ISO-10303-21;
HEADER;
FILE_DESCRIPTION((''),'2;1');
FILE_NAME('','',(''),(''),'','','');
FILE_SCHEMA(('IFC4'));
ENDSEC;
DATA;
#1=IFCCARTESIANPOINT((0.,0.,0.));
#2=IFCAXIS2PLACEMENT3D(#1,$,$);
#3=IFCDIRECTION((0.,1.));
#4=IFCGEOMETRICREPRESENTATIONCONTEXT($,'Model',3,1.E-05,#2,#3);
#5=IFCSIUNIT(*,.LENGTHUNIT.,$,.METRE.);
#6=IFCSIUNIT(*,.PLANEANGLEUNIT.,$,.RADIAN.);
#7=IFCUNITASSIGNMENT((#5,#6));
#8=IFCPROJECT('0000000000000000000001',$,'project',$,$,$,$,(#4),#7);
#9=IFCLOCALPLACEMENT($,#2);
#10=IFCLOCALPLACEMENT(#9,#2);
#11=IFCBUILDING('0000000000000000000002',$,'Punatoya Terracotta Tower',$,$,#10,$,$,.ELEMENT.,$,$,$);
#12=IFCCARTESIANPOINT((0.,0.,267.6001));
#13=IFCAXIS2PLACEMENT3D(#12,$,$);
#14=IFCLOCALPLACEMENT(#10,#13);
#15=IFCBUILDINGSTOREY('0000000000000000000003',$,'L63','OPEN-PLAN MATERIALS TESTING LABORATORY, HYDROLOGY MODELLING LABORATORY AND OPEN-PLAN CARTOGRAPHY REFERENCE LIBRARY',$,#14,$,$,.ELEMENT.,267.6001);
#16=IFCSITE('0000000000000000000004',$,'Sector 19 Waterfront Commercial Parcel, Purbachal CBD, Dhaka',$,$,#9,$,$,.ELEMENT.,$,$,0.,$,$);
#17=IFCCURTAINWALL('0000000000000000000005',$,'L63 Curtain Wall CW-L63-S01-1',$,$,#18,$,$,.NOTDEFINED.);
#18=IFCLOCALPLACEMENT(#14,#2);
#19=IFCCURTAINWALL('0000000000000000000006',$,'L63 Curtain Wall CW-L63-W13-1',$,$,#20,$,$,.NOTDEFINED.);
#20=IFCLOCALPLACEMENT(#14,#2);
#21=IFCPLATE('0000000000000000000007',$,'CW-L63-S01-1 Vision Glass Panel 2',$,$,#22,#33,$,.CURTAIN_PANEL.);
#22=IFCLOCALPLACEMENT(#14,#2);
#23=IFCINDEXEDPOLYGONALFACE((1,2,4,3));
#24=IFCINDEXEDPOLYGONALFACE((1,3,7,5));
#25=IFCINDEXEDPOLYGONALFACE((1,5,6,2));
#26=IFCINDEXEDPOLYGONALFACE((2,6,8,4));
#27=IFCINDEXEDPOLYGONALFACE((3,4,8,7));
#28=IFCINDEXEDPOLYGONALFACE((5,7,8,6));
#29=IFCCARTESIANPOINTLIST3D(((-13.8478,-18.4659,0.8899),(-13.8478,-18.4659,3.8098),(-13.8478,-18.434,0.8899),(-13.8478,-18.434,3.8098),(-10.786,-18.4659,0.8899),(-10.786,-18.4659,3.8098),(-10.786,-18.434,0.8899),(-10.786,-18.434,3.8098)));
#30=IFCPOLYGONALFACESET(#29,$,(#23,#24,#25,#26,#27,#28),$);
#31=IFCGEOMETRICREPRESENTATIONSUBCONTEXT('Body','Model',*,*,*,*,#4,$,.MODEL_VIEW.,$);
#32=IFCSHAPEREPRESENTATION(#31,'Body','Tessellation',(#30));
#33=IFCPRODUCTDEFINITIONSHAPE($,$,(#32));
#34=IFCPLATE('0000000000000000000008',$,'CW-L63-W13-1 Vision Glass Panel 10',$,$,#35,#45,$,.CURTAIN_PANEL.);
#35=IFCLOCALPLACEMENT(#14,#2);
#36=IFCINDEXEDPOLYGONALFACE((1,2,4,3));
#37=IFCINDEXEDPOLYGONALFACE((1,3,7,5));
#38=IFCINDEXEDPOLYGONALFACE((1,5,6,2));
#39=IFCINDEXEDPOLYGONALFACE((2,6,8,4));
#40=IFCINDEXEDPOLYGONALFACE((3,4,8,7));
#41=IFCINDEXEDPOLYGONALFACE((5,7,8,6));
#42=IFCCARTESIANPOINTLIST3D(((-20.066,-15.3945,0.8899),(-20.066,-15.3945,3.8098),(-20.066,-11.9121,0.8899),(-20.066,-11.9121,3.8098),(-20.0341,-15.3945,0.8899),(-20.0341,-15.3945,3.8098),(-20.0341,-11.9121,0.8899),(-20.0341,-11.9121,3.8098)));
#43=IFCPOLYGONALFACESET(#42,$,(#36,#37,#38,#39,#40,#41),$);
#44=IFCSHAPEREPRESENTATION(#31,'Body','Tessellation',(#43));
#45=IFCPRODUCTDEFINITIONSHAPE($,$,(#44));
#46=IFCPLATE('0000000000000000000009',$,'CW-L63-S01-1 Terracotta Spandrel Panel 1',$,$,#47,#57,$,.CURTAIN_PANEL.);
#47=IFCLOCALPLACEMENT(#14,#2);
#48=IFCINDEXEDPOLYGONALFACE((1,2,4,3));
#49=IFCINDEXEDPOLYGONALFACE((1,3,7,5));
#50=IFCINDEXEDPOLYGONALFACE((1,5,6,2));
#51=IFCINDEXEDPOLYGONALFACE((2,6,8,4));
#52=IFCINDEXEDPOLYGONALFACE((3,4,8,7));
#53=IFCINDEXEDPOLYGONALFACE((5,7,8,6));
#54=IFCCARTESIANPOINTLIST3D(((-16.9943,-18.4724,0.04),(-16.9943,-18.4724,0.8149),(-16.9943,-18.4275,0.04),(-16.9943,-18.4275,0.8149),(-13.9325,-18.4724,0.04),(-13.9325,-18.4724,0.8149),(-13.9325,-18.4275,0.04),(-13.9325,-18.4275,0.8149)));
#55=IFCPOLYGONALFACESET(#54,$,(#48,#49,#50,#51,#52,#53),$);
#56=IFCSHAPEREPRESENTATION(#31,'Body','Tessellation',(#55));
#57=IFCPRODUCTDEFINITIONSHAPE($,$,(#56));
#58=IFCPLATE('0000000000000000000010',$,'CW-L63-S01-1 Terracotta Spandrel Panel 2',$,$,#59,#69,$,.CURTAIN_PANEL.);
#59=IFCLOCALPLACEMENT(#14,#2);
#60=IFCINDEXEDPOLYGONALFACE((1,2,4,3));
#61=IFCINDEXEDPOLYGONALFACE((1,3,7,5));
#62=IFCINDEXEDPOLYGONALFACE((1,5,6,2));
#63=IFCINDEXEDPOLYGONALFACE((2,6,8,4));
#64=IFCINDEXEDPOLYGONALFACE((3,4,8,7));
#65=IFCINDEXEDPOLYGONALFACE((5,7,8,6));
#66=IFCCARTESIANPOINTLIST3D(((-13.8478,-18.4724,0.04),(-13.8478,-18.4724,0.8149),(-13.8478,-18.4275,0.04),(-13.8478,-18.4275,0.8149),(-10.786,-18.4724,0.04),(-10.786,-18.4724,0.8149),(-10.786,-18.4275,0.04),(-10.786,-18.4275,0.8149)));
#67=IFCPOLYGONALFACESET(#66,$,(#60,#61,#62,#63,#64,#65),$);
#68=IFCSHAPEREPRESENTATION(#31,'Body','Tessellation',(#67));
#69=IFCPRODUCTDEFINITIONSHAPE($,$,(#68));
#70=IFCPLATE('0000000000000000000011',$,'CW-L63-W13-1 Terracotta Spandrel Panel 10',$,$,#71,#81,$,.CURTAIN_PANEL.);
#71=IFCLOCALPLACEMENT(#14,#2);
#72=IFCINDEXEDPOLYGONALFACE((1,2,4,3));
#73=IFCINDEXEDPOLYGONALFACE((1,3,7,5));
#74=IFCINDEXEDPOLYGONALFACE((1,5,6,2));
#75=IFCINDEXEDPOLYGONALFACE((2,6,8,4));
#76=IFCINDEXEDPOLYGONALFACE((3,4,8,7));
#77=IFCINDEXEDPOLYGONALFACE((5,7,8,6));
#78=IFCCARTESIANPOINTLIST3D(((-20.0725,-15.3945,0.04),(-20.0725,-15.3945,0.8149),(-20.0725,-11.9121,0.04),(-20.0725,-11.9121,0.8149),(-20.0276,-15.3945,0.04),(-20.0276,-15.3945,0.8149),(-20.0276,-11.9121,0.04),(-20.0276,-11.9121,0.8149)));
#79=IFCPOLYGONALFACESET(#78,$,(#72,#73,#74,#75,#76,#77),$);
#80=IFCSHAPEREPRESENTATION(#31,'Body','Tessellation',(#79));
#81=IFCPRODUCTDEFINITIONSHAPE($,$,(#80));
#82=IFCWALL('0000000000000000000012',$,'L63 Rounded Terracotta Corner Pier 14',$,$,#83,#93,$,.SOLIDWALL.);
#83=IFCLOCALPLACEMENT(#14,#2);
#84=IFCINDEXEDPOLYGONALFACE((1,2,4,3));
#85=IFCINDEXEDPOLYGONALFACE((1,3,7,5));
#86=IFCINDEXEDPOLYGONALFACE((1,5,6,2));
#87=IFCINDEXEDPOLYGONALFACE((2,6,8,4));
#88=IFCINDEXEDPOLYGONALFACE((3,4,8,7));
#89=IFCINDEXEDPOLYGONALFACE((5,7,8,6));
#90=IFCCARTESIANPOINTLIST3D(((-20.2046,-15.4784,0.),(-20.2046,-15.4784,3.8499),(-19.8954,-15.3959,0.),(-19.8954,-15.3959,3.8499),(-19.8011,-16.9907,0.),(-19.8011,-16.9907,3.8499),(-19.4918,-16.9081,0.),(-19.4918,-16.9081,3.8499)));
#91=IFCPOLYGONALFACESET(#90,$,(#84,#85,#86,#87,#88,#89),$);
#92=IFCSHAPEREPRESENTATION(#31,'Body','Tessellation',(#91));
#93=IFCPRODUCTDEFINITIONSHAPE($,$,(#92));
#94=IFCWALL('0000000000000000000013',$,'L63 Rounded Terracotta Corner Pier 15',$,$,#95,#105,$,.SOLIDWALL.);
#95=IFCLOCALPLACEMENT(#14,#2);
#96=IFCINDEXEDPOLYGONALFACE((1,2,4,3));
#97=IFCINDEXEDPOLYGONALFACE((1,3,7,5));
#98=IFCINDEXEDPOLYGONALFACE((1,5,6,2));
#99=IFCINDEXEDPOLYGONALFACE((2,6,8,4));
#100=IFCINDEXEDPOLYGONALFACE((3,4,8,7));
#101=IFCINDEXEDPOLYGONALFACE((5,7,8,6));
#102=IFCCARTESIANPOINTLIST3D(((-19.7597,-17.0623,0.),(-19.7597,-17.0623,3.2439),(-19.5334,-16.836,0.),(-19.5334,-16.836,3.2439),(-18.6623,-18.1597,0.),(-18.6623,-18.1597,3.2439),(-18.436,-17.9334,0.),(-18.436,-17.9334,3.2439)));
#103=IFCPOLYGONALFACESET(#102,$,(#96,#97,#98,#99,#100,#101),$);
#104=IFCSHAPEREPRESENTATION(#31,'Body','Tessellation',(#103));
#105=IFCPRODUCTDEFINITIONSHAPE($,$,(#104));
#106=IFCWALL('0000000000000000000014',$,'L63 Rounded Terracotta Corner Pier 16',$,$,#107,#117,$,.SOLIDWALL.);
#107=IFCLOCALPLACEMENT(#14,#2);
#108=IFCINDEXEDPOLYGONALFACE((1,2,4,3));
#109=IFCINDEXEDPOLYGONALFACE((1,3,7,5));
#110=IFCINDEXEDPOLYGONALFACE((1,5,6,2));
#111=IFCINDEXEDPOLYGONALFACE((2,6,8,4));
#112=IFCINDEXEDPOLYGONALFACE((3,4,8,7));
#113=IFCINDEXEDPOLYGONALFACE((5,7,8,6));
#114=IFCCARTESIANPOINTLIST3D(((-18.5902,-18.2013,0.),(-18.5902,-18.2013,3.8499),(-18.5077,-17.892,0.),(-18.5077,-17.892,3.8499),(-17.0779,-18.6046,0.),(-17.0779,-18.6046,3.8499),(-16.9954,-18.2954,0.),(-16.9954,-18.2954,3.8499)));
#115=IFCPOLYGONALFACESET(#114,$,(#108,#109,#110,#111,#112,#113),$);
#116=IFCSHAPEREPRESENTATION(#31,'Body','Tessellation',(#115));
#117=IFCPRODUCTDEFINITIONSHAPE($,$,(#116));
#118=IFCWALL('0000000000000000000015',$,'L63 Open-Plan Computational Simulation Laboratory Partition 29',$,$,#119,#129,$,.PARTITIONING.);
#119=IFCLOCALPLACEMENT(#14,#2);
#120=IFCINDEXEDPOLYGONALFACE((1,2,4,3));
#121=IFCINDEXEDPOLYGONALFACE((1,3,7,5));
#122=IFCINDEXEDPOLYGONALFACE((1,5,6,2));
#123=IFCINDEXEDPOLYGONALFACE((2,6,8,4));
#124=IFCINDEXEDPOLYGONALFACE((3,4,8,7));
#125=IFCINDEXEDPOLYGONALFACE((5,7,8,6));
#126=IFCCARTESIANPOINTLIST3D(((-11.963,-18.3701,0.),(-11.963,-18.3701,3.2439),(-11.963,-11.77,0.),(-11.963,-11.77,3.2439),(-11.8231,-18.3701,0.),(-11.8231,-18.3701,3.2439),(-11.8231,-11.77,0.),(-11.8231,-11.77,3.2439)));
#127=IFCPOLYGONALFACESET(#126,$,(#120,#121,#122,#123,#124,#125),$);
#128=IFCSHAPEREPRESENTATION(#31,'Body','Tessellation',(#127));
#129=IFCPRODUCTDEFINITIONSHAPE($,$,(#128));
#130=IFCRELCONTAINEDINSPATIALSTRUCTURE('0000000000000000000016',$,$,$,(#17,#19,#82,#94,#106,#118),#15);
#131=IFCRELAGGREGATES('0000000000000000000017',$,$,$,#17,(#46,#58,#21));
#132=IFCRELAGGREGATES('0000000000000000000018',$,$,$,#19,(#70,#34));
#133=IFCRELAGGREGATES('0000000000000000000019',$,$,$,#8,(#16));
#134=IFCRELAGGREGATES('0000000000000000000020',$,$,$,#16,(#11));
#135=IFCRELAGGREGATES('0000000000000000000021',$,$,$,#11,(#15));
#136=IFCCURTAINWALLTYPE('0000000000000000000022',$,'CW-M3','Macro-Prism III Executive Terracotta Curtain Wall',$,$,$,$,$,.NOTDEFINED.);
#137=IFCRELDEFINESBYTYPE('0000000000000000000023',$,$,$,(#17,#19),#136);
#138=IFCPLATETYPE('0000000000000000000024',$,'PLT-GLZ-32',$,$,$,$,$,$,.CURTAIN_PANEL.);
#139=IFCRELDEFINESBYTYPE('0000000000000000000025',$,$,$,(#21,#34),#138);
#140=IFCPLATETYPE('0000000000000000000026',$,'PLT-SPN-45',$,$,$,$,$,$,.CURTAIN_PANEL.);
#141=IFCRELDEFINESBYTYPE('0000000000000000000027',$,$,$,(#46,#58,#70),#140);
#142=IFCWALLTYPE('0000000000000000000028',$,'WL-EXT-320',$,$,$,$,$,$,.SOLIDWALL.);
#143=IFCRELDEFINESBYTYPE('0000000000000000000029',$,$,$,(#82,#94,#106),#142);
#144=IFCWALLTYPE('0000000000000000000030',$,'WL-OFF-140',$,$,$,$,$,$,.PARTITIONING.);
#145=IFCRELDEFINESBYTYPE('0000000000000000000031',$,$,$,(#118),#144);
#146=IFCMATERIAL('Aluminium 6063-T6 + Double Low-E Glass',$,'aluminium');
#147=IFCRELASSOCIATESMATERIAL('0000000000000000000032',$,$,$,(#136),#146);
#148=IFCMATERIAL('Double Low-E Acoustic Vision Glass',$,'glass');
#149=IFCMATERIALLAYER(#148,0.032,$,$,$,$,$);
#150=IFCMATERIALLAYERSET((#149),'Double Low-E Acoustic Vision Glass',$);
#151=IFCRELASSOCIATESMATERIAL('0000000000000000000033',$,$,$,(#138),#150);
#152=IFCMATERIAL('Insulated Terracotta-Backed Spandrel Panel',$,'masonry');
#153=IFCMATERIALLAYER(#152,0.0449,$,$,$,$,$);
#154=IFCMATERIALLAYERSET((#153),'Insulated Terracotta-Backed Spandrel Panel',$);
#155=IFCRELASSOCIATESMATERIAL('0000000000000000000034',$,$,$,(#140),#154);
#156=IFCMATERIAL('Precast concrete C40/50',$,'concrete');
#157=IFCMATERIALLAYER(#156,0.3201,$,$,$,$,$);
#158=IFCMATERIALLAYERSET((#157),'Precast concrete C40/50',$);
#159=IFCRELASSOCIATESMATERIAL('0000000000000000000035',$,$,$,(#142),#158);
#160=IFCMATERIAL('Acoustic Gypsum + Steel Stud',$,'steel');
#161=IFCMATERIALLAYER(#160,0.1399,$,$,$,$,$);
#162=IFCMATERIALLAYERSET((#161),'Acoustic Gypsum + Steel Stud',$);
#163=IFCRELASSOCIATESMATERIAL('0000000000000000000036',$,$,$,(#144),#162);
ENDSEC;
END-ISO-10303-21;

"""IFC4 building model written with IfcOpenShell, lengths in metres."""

from ifc_helpers import new_model, si_unit, direction, frame, frame_2d, origin, origin_2d, place, context, subcontext, project, spatial, rectangle, extrude, material, layer, layer_set, type_object, element, aggregate, save


model = new_model("IFC4")

# Units and contexts
model_context = context("Model", 3, precision=1e-05, world=origin(), true_north=direction((0.0, 1.0)))
body_context = subcontext(model_context, "Body", "Model", "MODEL_VIEW")
ifc_project = project(units=[si_unit("LENGTHUNIT", "METRE"), si_unit("PLANEANGLEUNIT", "RADIAN")], contexts=[model_context])

# Site, building, storey
site_placement = place(None, origin())
site = spatial("IfcSite", under=ifc_project, at=site_placement, Name="Sector 19 Waterfront Commercial Parcel, Purbachal CBD, Dhaka", CompositionType="ELEMENT", RefElevation=0.0)
building_placement = place(site_placement, origin())
building = spatial("IfcBuilding", under=site, at=building_placement, Name="Punatoya Terracotta Tower", CompositionType="ELEMENT")
storey_placement = place(building_placement, frame((0.0, 0.0, 267.6001)))
storey = spatial("IfcBuildingStorey", under=building, at=storey_placement, Name="L63", Description="OPEN-PLAN MATERIALS TESTING LABORATORY, HYDROLOGY MODELLING LABORATORY AND OPEN-PLAN CARTOGRAPHY REFERENCE LIBRARY", CompositionType="ELEMENT", Elevation=267.6001)

# Curtain wall
ifc_material_1 = material(Name="Aluminium 6063-T6 + Double Low-E Glass", Category="aluminium")
curtain_wall_type = type_object("IfcCurtainWallType", Name="CW-M3", Description="Macro-Prism III Executive Terracotta Curtain Wall", PredefinedType="NOTDEFINED", material=ifc_material_1)
curtain_wall_1_placement = place(storey_placement, origin())
curtain_wall_1 = element("IfcCurtainWall", 1, at=curtain_wall_1_placement, inside=storey, type_object=curtain_wall_type, Name="L63 Curtain Wall CW-L63-S01-1", PredefinedType="NOTDEFINED")

# Curtain wall
curtain_wall_2_placement = place(storey_placement, origin())
curtain_wall_2 = element("IfcCurtainWall", 2, at=curtain_wall_2_placement, inside=storey, type_object=curtain_wall_type, Name="L63 Curtain Wall CW-L63-W13-1", PredefinedType="NOTDEFINED")

# Plates
ifc_material_2 = material(Name="Double Low-E Acoustic Vision Glass", Category="glass")
ifc_layer_1 = layer(ifc_material_2, 0.032)
ifc_layer_set_1 = layer_set([ifc_layer_1], Name="Double Low-E Acoustic Vision Glass")
plate_type_1 = type_object("IfcPlateType", Name="PLT-GLZ-32", PredefinedType="CURTAIN_PANEL", material=ifc_layer_set_1)
plate_1_placement = place(storey_placement, frame((-12.3169, -18.45, 0.8899), z_axis=(0.0, 0.0, 1.0), x_axis=(1.0, 0.0, 0.0)))
plate_1 = element("IfcPlate", 3, at=plate_1_placement, type_object=plate_type_1, Name="CW-L63-S01-1 Vision Glass Panel 2", PredefinedType="CURTAIN_PANEL", context=body_context, shape_type="SweptSolid", body=[
    extrude(rectangle(XDim=3.0618, YDim=0.032, at=origin_2d()), origin(), (0.0, 0.0, 1.0), 2.9199),
])
plate_2_placement = place(storey_placement, frame((-20.05, -13.6533, 0.8899), z_axis=(0.0, 0.0, 1.0), x_axis=(0.0, -1.0, 0.0)))
plate_2 = element("IfcPlate", 4, at=plate_2_placement, type_object=plate_type_1, Name="CW-L63-W13-1 Vision Glass Panel 10", PredefinedType="CURTAIN_PANEL", context=body_context, shape_type="SweptSolid", body=[
    extrude(rectangle(XDim=3.4824, YDim=0.032, at=origin_2d()), origin(), (0.0, 0.0, 1.0), 2.9199),
])
ifc_material_3 = material(Name="Insulated Terracotta-Backed Spandrel Panel", Category="masonry")
ifc_layer_2 = layer(ifc_material_3, 0.0449)
ifc_layer_set_2 = layer_set([ifc_layer_2], Name="Insulated Terracotta-Backed Spandrel Panel")
plate_type_2 = type_object("IfcPlateType", Name="PLT-SPN-45", PredefinedType="CURTAIN_PANEL", material=ifc_layer_set_2)
plate_3_placement = place(storey_placement, frame((-15.4634, -18.45, 0.04), z_axis=(0.0, 0.0, 1.0), x_axis=(1.0, 0.0, 0.0)))
plate_3 = element("IfcPlate", 5, at=plate_3_placement, type_object=plate_type_2, Name="CW-L63-S01-1 Terracotta Spandrel Panel 1", PredefinedType="CURTAIN_PANEL", context=body_context, shape_type="SweptSolid", body=[
    extrude(rectangle(XDim=3.0618, YDim=0.0449, at=origin_2d()), origin(), (0.0, 0.0, 1.0), 0.7749),
])
plate_4_placement = place(storey_placement, frame((-12.3169, -18.45, 0.04), z_axis=(0.0, 0.0, 1.0), x_axis=(1.0, 0.0, 0.0)))
plate_4 = element("IfcPlate", 6, at=plate_4_placement, type_object=plate_type_2, Name="CW-L63-S01-1 Terracotta Spandrel Panel 2", PredefinedType="CURTAIN_PANEL", context=body_context, shape_type="SweptSolid", body=[
    extrude(rectangle(XDim=3.0618, YDim=0.0449, at=origin_2d()), origin(), (0.0, 0.0, 1.0), 0.7749),
])
aggregate(curtain_wall_1, [plate_3, plate_4, plate_1])
plate_5_placement = place(storey_placement, frame((-20.05, -13.6533, 0.04), z_axis=(0.0, 0.0, 1.0), x_axis=(0.0, -1.0, 0.0)))
plate_5 = element("IfcPlate", 7, at=plate_5_placement, type_object=plate_type_2, Name="CW-L63-W13-1 Terracotta Spandrel Panel 10", PredefinedType="CURTAIN_PANEL", context=body_context, shape_type="SweptSolid", body=[
    extrude(rectangle(XDim=3.4824, YDim=0.0449, at=origin_2d()), origin(), (0.0, 0.0, 1.0), 0.7749),
])
aggregate(curtain_wall_2, [plate_5, plate_2])

# Walls
ifc_material_4 = material(Name="Precast concrete C40/50", Category="concrete")
ifc_layer_3 = layer(ifc_material_4, 0.3201)
ifc_layer_set_3 = layer_set([ifc_layer_3], Name="Precast concrete C40/50")
wall_type_1 = type_object("IfcWallType", Name="WL-EXT-320", PredefinedType="SOLIDWALL", material=ifc_layer_set_3)
wall_1_placement = place(storey_placement, frame((-20.05, -15.437, 0.0), z_axis=(0.0, 0.0, 1.0), x_axis=(0.257847, -0.966186, 0.0)))
element("IfcWall", 8, at=wall_1_placement, inside=storey, type_object=wall_type_1, Name="L63 Rounded Terracotta Corner Pier 14", PredefinedType="SOLIDWALL", context=body_context, shape_type="SweptSolid", body=[
    extrude(rectangle(XDim=1.5652, YDim=0.3201, at=frame_2d((0.7827, 0.0))), origin(), (0.0, 0.0, 1.0), 3.8499),
])
wall_2_placement = place(storey_placement, frame((-19.6465, -16.9492, 0.0), z_axis=(0.0, 0.0, 1.0), x_axis=(0.707107, -0.707107, 0.0)))
element("IfcWall", 9, at=wall_2_placement, inside=storey, type_object=wall_type_1, Name="L63 Rounded Terracotta Corner Pier 15", PredefinedType="SOLIDWALL", context=body_context, shape_type="SweptSolid", body=[
    extrude(rectangle(XDim=1.552, YDim=0.3201, at=frame_2d((0.7759, 0.0))), origin(), (0.0, 0.0, 1.0), 3.2439),
])
wall_3_placement = place(storey_placement, frame((-18.5491, -18.0466, 0.0), z_axis=(0.0, 0.0, 1.0), x_axis=(0.966225, -0.257701, 0.0)))
element("IfcWall", 10, at=wall_3_placement, inside=storey, type_object=wall_type_1, Name="L63 Rounded Terracotta Corner Pier 16", PredefinedType="SOLIDWALL", context=body_context, shape_type="SweptSolid", body=[
    extrude(rectangle(XDim=1.5652, YDim=0.3201, at=frame_2d((0.7827, 0.0))), origin(), (0.0, 0.0, 1.0), 3.8499),
])
ifc_material_5 = material(Name="Acoustic Gypsum + Steel Stud", Category="steel")
ifc_layer_4 = layer(ifc_material_5, 0.1399)
ifc_layer_set_4 = layer_set([ifc_layer_4], Name="Acoustic Gypsum + Steel Stud")
wall_type_2 = type_object("IfcWallType", Name="WL-OFF-140", PredefinedType="PARTITIONING", material=ifc_layer_set_4)
wall_4_placement = place(storey_placement, frame((-11.8931, -18.3701, 0.0), z_axis=(0.0, 0.0, 1.0), x_axis=(0.0, 1.0, 0.0)))
element("IfcWall", 11, at=wall_4_placement, inside=storey, type_object=wall_type_2, Name="L63 Open-Plan Computational Simulation Laboratory Partition 29", PredefinedType="PARTITIONING", context=body_context, shape_type="SweptSolid", body=[
    extrude(rectangle(XDim=6.6001, YDim=0.1399, at=frame_2d((3.3, 0.0))), origin(), (0.0, 0.0, 1.0), 3.2439),
])

save(model, "model.ifc")
